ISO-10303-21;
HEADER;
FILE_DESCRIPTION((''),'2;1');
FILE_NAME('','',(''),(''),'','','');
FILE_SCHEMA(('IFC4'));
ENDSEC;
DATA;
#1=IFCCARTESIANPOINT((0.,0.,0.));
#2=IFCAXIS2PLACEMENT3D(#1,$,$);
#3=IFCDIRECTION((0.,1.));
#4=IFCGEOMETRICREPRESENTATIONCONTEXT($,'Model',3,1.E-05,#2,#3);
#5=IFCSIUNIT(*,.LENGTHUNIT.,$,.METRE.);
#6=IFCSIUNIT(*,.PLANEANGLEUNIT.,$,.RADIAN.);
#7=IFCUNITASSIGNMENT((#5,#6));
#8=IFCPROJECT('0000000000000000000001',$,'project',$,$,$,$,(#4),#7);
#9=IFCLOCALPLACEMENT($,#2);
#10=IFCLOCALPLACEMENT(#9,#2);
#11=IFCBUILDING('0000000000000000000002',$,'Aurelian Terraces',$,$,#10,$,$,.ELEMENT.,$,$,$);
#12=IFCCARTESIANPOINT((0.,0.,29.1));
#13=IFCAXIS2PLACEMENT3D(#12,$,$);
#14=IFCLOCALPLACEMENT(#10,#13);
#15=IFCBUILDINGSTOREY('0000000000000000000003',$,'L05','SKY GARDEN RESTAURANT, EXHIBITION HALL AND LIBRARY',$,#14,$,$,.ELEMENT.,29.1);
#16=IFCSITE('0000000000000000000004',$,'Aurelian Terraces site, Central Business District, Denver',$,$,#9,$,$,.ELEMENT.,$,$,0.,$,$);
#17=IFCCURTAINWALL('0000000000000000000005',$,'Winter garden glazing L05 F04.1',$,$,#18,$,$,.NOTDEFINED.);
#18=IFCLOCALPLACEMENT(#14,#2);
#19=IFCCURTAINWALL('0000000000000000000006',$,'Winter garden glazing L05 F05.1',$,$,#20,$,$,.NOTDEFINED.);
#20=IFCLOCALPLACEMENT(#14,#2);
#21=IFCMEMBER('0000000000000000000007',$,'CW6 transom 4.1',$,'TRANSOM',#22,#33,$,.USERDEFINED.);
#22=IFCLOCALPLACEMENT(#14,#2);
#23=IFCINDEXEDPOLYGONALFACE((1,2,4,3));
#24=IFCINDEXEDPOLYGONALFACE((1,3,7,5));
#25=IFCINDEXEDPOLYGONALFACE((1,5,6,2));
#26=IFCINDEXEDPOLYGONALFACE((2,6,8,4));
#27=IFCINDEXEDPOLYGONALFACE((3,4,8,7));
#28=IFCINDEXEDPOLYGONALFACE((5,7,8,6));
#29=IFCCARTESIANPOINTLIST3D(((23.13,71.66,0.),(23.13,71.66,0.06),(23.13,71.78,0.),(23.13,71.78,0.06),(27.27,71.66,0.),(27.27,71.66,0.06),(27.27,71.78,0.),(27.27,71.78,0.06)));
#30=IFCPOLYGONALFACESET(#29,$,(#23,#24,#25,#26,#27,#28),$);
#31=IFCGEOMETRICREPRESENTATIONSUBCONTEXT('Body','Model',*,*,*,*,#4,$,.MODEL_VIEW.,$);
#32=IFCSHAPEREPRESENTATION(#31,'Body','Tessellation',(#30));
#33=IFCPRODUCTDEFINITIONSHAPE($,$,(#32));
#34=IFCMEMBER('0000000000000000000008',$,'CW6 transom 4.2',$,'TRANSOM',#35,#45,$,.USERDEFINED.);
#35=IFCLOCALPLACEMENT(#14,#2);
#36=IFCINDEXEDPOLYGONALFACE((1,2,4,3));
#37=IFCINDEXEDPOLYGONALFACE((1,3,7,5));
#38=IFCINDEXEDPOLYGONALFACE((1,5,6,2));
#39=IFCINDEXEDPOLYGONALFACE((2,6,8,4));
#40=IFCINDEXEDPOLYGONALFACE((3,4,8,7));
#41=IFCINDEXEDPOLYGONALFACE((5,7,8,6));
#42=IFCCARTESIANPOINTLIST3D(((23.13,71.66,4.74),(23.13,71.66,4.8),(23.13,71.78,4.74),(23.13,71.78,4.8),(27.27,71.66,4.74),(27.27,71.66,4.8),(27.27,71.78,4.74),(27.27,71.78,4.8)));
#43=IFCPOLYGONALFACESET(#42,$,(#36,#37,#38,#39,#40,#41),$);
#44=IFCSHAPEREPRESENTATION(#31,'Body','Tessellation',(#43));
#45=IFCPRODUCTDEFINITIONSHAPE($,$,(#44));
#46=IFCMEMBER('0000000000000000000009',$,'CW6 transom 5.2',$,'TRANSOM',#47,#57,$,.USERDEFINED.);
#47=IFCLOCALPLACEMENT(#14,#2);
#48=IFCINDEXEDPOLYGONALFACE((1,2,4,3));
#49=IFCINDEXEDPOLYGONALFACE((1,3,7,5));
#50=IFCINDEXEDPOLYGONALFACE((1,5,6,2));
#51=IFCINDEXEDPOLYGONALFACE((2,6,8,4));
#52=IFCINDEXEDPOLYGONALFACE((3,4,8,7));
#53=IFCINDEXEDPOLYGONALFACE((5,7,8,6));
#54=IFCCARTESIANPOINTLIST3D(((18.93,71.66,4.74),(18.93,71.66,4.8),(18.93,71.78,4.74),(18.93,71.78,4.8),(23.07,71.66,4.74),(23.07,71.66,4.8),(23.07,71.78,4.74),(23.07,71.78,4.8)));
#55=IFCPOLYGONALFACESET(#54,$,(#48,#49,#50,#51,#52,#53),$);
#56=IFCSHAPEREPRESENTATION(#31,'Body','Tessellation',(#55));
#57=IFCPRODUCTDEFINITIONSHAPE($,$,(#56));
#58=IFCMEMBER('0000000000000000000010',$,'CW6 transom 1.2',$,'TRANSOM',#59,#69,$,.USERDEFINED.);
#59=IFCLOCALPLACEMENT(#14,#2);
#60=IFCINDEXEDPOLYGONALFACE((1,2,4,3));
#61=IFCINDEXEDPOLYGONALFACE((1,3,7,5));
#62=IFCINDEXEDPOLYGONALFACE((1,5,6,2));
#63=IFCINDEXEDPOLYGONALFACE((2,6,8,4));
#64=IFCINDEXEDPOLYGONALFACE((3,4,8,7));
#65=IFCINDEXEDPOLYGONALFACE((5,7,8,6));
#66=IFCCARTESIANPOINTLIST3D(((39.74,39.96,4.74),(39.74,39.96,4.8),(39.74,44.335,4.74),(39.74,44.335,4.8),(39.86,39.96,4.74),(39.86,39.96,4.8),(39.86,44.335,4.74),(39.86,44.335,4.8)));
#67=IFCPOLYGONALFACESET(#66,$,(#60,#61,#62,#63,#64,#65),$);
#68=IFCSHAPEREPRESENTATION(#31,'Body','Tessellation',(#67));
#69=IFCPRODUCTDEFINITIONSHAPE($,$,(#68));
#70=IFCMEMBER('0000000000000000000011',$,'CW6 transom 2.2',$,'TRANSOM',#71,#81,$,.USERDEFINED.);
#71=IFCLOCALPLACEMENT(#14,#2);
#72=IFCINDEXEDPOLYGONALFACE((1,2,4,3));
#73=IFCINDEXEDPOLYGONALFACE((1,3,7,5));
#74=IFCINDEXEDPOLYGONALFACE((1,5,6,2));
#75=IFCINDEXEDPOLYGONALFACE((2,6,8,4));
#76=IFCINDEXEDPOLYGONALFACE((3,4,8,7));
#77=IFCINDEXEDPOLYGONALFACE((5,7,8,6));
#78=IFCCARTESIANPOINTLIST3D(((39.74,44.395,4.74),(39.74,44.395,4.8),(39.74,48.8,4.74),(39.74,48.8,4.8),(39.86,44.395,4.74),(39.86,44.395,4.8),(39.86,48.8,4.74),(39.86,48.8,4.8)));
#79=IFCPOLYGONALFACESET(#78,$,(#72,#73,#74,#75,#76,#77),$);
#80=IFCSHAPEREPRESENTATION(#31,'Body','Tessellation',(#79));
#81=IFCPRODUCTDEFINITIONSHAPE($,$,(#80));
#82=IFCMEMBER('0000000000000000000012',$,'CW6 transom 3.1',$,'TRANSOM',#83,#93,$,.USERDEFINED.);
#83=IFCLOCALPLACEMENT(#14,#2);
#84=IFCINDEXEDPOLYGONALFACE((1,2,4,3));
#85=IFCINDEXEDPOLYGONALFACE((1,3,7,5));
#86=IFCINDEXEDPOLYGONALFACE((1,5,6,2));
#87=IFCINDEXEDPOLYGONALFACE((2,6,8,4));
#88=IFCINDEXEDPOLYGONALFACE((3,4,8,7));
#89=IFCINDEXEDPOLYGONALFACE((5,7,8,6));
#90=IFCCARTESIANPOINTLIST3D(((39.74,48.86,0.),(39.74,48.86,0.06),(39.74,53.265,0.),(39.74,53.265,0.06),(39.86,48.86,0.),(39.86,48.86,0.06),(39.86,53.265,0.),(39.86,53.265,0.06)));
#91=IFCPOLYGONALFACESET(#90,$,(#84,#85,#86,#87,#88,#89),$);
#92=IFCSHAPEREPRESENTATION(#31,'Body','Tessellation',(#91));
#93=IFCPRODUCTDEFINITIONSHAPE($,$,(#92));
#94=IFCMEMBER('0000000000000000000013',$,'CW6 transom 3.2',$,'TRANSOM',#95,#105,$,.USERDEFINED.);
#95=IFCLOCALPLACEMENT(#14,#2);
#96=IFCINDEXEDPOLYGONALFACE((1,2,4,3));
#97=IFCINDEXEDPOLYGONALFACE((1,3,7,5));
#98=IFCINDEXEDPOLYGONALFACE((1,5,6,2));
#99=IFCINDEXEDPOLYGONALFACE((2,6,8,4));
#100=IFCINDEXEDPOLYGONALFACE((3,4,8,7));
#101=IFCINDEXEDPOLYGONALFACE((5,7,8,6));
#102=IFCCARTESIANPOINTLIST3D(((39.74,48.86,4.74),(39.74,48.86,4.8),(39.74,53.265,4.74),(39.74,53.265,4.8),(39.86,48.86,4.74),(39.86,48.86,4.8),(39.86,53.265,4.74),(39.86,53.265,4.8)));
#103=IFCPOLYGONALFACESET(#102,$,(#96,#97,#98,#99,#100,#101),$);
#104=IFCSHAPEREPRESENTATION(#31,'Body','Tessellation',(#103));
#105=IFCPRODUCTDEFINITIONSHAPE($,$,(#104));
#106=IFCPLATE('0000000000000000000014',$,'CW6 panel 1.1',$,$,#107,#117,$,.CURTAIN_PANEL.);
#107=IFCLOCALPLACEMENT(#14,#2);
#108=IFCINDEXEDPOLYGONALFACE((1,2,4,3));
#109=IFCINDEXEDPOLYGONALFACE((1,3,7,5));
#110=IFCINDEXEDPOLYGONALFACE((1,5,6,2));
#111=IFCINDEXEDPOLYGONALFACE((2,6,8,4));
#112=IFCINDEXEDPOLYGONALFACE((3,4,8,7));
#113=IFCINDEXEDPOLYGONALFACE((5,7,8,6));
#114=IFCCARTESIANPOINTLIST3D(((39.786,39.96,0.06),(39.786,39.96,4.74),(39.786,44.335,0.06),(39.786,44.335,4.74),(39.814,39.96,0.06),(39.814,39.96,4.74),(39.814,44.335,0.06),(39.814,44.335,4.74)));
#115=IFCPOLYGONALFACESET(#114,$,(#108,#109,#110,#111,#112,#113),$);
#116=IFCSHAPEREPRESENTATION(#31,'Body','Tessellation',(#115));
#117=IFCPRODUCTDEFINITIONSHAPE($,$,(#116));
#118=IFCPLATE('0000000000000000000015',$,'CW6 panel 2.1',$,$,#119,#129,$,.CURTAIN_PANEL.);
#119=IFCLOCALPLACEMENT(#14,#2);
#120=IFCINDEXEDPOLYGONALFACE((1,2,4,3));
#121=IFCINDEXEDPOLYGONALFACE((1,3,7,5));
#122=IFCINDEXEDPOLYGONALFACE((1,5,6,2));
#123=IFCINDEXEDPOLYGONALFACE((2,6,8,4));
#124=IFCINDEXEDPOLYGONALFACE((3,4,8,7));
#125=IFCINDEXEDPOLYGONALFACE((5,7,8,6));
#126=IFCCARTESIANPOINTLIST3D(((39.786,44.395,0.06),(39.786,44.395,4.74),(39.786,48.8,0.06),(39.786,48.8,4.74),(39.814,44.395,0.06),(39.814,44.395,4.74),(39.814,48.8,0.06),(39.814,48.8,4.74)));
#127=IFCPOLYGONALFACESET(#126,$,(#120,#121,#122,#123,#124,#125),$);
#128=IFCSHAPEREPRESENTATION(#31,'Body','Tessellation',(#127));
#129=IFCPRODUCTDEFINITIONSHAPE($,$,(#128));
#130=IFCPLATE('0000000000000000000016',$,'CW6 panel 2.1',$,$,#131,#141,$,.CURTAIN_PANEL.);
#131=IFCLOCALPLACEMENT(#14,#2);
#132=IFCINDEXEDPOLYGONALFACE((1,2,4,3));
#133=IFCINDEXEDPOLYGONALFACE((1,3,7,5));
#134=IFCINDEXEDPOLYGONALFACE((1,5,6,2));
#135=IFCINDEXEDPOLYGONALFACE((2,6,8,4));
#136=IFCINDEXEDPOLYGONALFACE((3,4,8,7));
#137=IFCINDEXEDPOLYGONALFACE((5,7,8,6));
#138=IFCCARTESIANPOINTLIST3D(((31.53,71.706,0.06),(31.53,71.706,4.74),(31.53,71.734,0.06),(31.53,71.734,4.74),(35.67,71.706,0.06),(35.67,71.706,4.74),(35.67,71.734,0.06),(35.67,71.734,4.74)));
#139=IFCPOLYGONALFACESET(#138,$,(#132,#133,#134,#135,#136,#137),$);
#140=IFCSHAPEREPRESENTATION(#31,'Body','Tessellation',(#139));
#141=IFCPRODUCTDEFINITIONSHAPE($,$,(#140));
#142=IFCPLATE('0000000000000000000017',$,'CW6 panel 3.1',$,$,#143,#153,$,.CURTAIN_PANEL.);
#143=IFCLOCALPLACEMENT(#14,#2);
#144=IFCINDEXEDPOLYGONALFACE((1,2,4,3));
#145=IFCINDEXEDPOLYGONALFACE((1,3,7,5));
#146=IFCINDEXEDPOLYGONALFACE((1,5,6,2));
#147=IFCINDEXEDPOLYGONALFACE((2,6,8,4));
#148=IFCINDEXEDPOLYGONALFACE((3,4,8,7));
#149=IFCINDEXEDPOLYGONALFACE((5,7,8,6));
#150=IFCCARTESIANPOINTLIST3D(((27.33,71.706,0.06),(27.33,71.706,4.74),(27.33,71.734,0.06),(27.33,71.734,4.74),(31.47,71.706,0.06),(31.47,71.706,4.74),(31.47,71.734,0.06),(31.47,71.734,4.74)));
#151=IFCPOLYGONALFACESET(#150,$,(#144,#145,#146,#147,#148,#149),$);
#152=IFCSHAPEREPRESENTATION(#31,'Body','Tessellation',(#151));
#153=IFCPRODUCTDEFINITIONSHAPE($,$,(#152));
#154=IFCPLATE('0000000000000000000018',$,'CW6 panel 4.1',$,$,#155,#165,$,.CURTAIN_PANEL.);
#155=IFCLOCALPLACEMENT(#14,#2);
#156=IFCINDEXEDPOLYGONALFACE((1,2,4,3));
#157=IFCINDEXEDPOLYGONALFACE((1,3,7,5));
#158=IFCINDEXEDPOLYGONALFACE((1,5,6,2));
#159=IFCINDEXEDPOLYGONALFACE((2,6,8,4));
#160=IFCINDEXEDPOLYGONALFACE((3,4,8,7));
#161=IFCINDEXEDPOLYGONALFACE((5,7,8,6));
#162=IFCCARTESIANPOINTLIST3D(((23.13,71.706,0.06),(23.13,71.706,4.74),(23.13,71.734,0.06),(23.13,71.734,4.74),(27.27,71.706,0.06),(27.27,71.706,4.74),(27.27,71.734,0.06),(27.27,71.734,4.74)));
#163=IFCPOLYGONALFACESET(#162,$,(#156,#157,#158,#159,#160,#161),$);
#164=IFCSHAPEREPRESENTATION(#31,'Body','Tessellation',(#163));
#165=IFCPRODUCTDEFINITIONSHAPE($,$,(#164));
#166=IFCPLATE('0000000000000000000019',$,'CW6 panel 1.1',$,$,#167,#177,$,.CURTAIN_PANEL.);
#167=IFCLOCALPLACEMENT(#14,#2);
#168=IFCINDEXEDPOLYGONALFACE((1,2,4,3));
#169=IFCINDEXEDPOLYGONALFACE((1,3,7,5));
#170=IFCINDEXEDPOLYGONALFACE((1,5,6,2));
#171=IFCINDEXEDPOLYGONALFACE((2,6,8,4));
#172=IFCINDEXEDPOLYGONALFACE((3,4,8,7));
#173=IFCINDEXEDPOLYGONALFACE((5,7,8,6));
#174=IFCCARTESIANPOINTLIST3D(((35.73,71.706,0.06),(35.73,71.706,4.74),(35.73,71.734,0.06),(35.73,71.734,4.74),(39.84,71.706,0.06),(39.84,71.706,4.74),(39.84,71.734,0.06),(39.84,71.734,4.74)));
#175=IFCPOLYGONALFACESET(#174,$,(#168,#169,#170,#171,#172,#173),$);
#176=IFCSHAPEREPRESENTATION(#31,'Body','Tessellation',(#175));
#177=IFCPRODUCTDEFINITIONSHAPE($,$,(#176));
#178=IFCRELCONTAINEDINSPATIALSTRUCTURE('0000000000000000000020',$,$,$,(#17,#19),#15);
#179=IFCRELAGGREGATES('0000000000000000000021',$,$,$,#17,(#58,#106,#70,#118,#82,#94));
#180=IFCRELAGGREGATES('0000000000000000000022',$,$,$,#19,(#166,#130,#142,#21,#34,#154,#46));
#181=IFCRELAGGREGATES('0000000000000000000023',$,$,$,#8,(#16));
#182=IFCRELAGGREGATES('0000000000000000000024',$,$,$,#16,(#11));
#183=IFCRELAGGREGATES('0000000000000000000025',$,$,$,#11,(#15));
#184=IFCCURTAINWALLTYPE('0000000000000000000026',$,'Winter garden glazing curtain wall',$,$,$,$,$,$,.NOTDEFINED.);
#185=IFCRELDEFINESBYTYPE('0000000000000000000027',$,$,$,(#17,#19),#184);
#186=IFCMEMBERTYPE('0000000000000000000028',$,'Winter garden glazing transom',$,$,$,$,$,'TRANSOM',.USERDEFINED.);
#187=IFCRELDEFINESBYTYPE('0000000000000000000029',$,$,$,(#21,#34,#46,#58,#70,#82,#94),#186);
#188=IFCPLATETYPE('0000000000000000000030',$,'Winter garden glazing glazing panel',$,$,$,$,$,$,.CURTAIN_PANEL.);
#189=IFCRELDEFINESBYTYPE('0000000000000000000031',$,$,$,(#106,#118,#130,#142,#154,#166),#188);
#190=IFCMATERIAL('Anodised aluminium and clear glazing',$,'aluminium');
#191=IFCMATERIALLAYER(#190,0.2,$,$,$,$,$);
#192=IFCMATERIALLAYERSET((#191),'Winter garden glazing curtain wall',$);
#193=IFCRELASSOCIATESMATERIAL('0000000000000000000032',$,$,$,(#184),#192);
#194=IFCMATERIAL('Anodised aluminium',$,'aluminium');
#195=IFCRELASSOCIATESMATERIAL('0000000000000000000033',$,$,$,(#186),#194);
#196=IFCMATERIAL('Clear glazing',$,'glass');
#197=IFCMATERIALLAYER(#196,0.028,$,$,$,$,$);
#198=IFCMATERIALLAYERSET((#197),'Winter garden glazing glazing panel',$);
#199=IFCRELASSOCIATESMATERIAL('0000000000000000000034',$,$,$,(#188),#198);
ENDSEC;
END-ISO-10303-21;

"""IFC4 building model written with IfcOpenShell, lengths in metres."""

from ifc_helpers import new_model, si_unit, direction, frame, origin, origin_2d, place, context, subcontext, project, spatial, rectangle, extrude, source, transform, mapped, material, layer, layer_set, material_profile, profile_set, type_object, element, aggregate, save


model = new_model("IFC4")

# Units and contexts
model_context = context("Model", 3, precision=1e-05, world=origin(), true_north=direction((0.0, 1.0)))
body_context = subcontext(model_context, "Body", "Model", "MODEL_VIEW")
ifc_project = project(units=[si_unit("LENGTHUNIT", "METRE"), si_unit("PLANEANGLEUNIT", "RADIAN")], contexts=[model_context])

# Site, building, storey
site_placement = place(None, origin())
site = spatial("IfcSite", under=ifc_project, at=site_placement, Name="Aurelian Terraces site, Central Business District, Denver", CompositionType="ELEMENT", RefElevation=0.0)
building_placement = place(site_placement, origin())
building = spatial("IfcBuilding", under=site, at=building_placement, Name="Aurelian Terraces", CompositionType="ELEMENT")
storey_placement = place(building_placement, frame((0.0, 0.0, 29.1)))
storey = spatial("IfcBuildingStorey", under=building, at=storey_placement, Name="L05", Description="SKY GARDEN RESTAURANT, EXHIBITION HALL AND LIBRARY", CompositionType="ELEMENT", Elevation=29.1)

# Curtain walls, members
ifc_material_1 = material(Name="Anodised aluminium and clear glazing", Category="aluminium")
ifc_layer_1 = layer(ifc_material_1, 0.2)
ifc_layer_set_1 = layer_set([ifc_layer_1], Name="Winter garden glazing curtain wall")
curtain_wall_type = type_object("IfcCurtainWallType", Name="Winter garden glazing curtain wall", PredefinedType="NOTDEFINED", material=ifc_layer_set_1)
curtain_wall_1_placement = place(storey_placement, origin())
curtain_wall_1 = element("IfcCurtainWall", 1, at=curtain_wall_1_placement, inside=storey, type_object=curtain_wall_type, Name="Winter garden glazing L05 F04.1", PredefinedType="NOTDEFINED")
ifc_material_2 = material(Name="Anodised aluminium", Category="aluminium")
ifc_material_profile_1 = material_profile(ifc_material_2, rectangle(XDim=0.12, YDim=0.06, at=origin_2d()))
ifc_profile_set_1 = profile_set([ifc_material_profile_1], Name="Anodised aluminium")
member_type_1 = type_object("IfcMemberType", Name="Winter garden glazing transom", ElementType="TRANSOM", PredefinedType="USERDEFINED", material=ifc_profile_set_1)
curtain_wall_2_placement = place(storey_placement, origin())
curtain_wall_2 = element("IfcCurtainWall", 2, at=curtain_wall_2_placement, inside=storey, type_object=curtain_wall_type, Name="Winter garden glazing L05 F05.1", PredefinedType="NOTDEFINED")
shared_shape_1 = source(origin(), body_context, "Body", "SweptSolid", [
    extrude(rectangle(XDim=0.12, YDim=0.06, at=origin_2d()), origin(), (0.0, 0.0, 1.0), 4.14),
])
member_1_placement = place(storey_placement, frame((27.27, 71.72, 0.03), z_axis=(-1.0, 0.0, 0.0), x_axis=(0.0, -1.0, 0.0)))
member_1 = element("IfcMember", 3, at=member_1_placement, type_object=member_type_1, Name="CW6 transom 4.1", ObjectType="TRANSOM", PredefinedType="USERDEFINED", context=body_context, shape_type="MappedRepresentation", body=[
    mapped(shared_shape_1, transform((0.0, 0.0, 0.0), scale=1.0)),
])
member_2_placement = place(storey_placement, frame((27.27, 71.72, 4.77), z_axis=(-1.0, 0.0, 0.0), x_axis=(0.0, -1.0, 0.0)))
member_2 = element("IfcMember", 4, at=member_2_placement, type_object=member_type_1, Name="CW6 transom 4.2", ObjectType="TRANSOM", PredefinedType="USERDEFINED", context=body_context, shape_type="MappedRepresentation", body=[
    mapped(shared_shape_1, transform((0.0, 0.0, 0.0), scale=1.0)),
])
member_3_placement = place(storey_placement, frame((23.07, 71.72, 4.77), z_axis=(-1.0, 0.0, 0.0), x_axis=(0.0, -1.0, 0.0)))
member_3 = element("IfcMember", 5, at=member_3_placement, type_object=member_type_1, Name="CW6 transom 5.2", ObjectType="TRANSOM", PredefinedType="USERDEFINED", context=body_context, shape_type="MappedRepresentation", body=[
    mapped(shared_shape_1, transform((0.0, 0.0, 0.0), scale=1.0)),
])

# Members
shared_shape_2 = source(origin(), body_context, "Body", "SweptSolid", [
    extrude(rectangle(XDim=0.12, YDim=0.06, at=origin_2d()), origin(), (0.0, 0.0, 1.0), 4.375),
])
member_4_placement = place(storey_placement, frame((39.8, 39.96, 4.77), z_axis=(0.0, 1.0, 0.0), x_axis=(-1.0, 0.0, 0.0)))
member_4 = element("IfcMember", 6, at=member_4_placement, type_object=member_type_1, Name="CW6 transom 1.2", ObjectType="TRANSOM", PredefinedType="USERDEFINED", context=body_context, shape_type="MappedRepresentation", body=[
    mapped(shared_shape_2, transform((0.0, 0.0, 0.0), scale=1.0)),
])
shared_shape_3 = source(origin(), body_context, "Body", "SweptSolid", [
    extrude(rectangle(XDim=0.12, YDim=0.06, at=origin_2d()), origin(), (0.0, 0.0, 1.0), 4.405),
])
member_5_placement = place(storey_placement, frame((39.8, 44.395, 4.77), z_axis=(0.0, 1.0, 0.0), x_axis=(-1.0, 0.0, 0.0)))
member_5 = element("IfcMember", 7, at=member_5_placement, type_object=member_type_1, Name="CW6 transom 2.2", ObjectType="TRANSOM", PredefinedType="USERDEFINED", context=body_context, shape_type="MappedRepresentation", body=[
    mapped(shared_shape_3, transform((0.0, 0.0, 0.0), scale=1.0)),
])
member_6_placement = place(storey_placement, frame((39.8, 48.86, 0.03), z_axis=(0.0, 1.0, 0.0), x_axis=(-1.0, 0.0, 0.0)))
member_6 = element("IfcMember", 8, at=member_6_placement, type_object=member_type_1, Name="CW6 transom 3.1", ObjectType="TRANSOM", PredefinedType="USERDEFINED", context=body_context, shape_type="MappedRepresentation", body=[
    mapped(shared_shape_3, transform((0.0, 0.0, 0.0), scale=1.0)),
])
member_7_placement = place(storey_placement, frame((39.8, 48.86, 4.77), z_axis=(0.0, 1.0, 0.0), x_axis=(-1.0, 0.0, 0.0)))
member_7 = element("IfcMember", 9, at=member_7_placement, type_object=member_type_1, Name="CW6 transom 3.2", ObjectType="TRANSOM", PredefinedType="USERDEFINED", context=body_context, shape_type="MappedRepresentation", body=[
    mapped(shared_shape_3, transform((0.0, 0.0, 0.0), scale=1.0)),
])

# Plates
ifc_material_3 = material(Name="Clear glazing", Category="glass")
ifc_layer_2 = layer(ifc_material_3, 0.028)
ifc_layer_set_2 = layer_set([ifc_layer_2], Name="Winter garden glazing glazing panel")
plate_type = type_object("IfcPlateType", Name="Winter garden glazing glazing panel", PredefinedType="CURTAIN_PANEL", material=ifc_layer_set_2)
plate_1_placement = place(storey_placement, frame((39.8, 42.1475, 0.06), z_axis=(0.0, 0.0, 1.0), x_axis=(0.0, 1.0, 0.0)))
plate_1 = element("IfcPlate", 10, at=plate_1_placement, type_object=plate_type, Name="CW6 panel 1.1", PredefinedType="CURTAIN_PANEL", context=body_context, shape_type="SweptSolid", body=[
    extrude(rectangle(XDim=4.375, YDim=0.028, at=origin_2d()), origin(), (0.0, 0.0, 1.0), 4.68),
])
plate_2_placement = place(storey_placement, frame((39.8, 46.5975, 0.06), z_axis=(0.0, 0.0, 1.0), x_axis=(0.0, 1.0, 0.0)))
plate_2 = element("IfcPlate", 11, at=plate_2_placement, type_object=plate_type, Name="CW6 panel 2.1", PredefinedType="CURTAIN_PANEL", context=body_context, shape_type="SweptSolid", body=[
    extrude(rectangle(XDim=4.405, YDim=0.028, at=origin_2d()), origin(), (0.0, 0.0, 1.0), 4.68),
])
aggregate(curtain_wall_1, [member_4, plate_1, member_5, plate_2, member_6, member_7])
shared_shape_4 = source(origin(), body_context, "Body", "SweptSolid", [
    extrude(rectangle(XDim=4.14, YDim=0.028, at=origin_2d()), origin(), (0.0, 0.0, 1.0), 4.68),
])
plate_3_placement = place(storey_placement, frame((33.6, 71.72, 0.06), z_axis=(0.0, 0.0, 1.0), x_axis=(-1.0, 0.0, 0.0)))
plate_3 = element("IfcPlate", 12, at=plate_3_placement, type_object=plate_type, Name="CW6 panel 2.1", PredefinedType="CURTAIN_PANEL", context=body_context, shape_type="MappedRepresentation", body=[
    mapped(shared_shape_4, transform((0.0, 0.0, 0.0), scale=1.0)),
])
plate_4_placement = place(storey_placement, frame((29.4, 71.72, 0.06), z_axis=(0.0, 0.0, 1.0), x_axis=(-1.0, 0.0, 0.0)))
plate_4 = element("IfcPlate", 13, at=plate_4_placement, type_object=plate_type, Name="CW6 panel 3.1", PredefinedType="CURTAIN_PANEL", context=body_context, shape_type="MappedRepresentation", body=[
    mapped(shared_shape_4, transform((0.0, 0.0, 0.0), scale=1.0)),
])
plate_5_placement = place(storey_placement, frame((25.2, 71.72, 0.06), z_axis=(0.0, 0.0, 1.0), x_axis=(-1.0, 0.0, 0.0)))
plate_5 = element("IfcPlate", 14, at=plate_5_placement, type_object=plate_type, Name="CW6 panel 4.1", PredefinedType="CURTAIN_PANEL", context=body_context, shape_type="MappedRepresentation", body=[
    mapped(shared_shape_4, transform((0.0, 0.0, 0.0), scale=1.0)),
])
shared_shape_5 = source(origin(), body_context, "Body", "SweptSolid", [
    extrude(rectangle(XDim=4.11, YDim=0.028, at=origin_2d()), origin(), (0.0, 0.0, 1.0), 4.68),
])
plate_6_placement = place(storey_placement, frame((37.785, 71.72, 0.06), z_axis=(0.0, 0.0, 1.0), x_axis=(-1.0, 0.0, 0.0)))
plate_6 = element("IfcPlate", 15, at=plate_6_placement, type_object=plate_type, Name="CW6 panel 1.1", PredefinedType="CURTAIN_PANEL", context=body_context, shape_type="MappedRepresentation", body=[
    mapped(shared_shape_5, transform((0.0, 0.0, 0.0), scale=1.0)),
])
aggregate(curtain_wall_2, [plate_6, plate_3, plate_4, member_1, member_2, plate_5, member_3])

save(model, "model.ifc")
